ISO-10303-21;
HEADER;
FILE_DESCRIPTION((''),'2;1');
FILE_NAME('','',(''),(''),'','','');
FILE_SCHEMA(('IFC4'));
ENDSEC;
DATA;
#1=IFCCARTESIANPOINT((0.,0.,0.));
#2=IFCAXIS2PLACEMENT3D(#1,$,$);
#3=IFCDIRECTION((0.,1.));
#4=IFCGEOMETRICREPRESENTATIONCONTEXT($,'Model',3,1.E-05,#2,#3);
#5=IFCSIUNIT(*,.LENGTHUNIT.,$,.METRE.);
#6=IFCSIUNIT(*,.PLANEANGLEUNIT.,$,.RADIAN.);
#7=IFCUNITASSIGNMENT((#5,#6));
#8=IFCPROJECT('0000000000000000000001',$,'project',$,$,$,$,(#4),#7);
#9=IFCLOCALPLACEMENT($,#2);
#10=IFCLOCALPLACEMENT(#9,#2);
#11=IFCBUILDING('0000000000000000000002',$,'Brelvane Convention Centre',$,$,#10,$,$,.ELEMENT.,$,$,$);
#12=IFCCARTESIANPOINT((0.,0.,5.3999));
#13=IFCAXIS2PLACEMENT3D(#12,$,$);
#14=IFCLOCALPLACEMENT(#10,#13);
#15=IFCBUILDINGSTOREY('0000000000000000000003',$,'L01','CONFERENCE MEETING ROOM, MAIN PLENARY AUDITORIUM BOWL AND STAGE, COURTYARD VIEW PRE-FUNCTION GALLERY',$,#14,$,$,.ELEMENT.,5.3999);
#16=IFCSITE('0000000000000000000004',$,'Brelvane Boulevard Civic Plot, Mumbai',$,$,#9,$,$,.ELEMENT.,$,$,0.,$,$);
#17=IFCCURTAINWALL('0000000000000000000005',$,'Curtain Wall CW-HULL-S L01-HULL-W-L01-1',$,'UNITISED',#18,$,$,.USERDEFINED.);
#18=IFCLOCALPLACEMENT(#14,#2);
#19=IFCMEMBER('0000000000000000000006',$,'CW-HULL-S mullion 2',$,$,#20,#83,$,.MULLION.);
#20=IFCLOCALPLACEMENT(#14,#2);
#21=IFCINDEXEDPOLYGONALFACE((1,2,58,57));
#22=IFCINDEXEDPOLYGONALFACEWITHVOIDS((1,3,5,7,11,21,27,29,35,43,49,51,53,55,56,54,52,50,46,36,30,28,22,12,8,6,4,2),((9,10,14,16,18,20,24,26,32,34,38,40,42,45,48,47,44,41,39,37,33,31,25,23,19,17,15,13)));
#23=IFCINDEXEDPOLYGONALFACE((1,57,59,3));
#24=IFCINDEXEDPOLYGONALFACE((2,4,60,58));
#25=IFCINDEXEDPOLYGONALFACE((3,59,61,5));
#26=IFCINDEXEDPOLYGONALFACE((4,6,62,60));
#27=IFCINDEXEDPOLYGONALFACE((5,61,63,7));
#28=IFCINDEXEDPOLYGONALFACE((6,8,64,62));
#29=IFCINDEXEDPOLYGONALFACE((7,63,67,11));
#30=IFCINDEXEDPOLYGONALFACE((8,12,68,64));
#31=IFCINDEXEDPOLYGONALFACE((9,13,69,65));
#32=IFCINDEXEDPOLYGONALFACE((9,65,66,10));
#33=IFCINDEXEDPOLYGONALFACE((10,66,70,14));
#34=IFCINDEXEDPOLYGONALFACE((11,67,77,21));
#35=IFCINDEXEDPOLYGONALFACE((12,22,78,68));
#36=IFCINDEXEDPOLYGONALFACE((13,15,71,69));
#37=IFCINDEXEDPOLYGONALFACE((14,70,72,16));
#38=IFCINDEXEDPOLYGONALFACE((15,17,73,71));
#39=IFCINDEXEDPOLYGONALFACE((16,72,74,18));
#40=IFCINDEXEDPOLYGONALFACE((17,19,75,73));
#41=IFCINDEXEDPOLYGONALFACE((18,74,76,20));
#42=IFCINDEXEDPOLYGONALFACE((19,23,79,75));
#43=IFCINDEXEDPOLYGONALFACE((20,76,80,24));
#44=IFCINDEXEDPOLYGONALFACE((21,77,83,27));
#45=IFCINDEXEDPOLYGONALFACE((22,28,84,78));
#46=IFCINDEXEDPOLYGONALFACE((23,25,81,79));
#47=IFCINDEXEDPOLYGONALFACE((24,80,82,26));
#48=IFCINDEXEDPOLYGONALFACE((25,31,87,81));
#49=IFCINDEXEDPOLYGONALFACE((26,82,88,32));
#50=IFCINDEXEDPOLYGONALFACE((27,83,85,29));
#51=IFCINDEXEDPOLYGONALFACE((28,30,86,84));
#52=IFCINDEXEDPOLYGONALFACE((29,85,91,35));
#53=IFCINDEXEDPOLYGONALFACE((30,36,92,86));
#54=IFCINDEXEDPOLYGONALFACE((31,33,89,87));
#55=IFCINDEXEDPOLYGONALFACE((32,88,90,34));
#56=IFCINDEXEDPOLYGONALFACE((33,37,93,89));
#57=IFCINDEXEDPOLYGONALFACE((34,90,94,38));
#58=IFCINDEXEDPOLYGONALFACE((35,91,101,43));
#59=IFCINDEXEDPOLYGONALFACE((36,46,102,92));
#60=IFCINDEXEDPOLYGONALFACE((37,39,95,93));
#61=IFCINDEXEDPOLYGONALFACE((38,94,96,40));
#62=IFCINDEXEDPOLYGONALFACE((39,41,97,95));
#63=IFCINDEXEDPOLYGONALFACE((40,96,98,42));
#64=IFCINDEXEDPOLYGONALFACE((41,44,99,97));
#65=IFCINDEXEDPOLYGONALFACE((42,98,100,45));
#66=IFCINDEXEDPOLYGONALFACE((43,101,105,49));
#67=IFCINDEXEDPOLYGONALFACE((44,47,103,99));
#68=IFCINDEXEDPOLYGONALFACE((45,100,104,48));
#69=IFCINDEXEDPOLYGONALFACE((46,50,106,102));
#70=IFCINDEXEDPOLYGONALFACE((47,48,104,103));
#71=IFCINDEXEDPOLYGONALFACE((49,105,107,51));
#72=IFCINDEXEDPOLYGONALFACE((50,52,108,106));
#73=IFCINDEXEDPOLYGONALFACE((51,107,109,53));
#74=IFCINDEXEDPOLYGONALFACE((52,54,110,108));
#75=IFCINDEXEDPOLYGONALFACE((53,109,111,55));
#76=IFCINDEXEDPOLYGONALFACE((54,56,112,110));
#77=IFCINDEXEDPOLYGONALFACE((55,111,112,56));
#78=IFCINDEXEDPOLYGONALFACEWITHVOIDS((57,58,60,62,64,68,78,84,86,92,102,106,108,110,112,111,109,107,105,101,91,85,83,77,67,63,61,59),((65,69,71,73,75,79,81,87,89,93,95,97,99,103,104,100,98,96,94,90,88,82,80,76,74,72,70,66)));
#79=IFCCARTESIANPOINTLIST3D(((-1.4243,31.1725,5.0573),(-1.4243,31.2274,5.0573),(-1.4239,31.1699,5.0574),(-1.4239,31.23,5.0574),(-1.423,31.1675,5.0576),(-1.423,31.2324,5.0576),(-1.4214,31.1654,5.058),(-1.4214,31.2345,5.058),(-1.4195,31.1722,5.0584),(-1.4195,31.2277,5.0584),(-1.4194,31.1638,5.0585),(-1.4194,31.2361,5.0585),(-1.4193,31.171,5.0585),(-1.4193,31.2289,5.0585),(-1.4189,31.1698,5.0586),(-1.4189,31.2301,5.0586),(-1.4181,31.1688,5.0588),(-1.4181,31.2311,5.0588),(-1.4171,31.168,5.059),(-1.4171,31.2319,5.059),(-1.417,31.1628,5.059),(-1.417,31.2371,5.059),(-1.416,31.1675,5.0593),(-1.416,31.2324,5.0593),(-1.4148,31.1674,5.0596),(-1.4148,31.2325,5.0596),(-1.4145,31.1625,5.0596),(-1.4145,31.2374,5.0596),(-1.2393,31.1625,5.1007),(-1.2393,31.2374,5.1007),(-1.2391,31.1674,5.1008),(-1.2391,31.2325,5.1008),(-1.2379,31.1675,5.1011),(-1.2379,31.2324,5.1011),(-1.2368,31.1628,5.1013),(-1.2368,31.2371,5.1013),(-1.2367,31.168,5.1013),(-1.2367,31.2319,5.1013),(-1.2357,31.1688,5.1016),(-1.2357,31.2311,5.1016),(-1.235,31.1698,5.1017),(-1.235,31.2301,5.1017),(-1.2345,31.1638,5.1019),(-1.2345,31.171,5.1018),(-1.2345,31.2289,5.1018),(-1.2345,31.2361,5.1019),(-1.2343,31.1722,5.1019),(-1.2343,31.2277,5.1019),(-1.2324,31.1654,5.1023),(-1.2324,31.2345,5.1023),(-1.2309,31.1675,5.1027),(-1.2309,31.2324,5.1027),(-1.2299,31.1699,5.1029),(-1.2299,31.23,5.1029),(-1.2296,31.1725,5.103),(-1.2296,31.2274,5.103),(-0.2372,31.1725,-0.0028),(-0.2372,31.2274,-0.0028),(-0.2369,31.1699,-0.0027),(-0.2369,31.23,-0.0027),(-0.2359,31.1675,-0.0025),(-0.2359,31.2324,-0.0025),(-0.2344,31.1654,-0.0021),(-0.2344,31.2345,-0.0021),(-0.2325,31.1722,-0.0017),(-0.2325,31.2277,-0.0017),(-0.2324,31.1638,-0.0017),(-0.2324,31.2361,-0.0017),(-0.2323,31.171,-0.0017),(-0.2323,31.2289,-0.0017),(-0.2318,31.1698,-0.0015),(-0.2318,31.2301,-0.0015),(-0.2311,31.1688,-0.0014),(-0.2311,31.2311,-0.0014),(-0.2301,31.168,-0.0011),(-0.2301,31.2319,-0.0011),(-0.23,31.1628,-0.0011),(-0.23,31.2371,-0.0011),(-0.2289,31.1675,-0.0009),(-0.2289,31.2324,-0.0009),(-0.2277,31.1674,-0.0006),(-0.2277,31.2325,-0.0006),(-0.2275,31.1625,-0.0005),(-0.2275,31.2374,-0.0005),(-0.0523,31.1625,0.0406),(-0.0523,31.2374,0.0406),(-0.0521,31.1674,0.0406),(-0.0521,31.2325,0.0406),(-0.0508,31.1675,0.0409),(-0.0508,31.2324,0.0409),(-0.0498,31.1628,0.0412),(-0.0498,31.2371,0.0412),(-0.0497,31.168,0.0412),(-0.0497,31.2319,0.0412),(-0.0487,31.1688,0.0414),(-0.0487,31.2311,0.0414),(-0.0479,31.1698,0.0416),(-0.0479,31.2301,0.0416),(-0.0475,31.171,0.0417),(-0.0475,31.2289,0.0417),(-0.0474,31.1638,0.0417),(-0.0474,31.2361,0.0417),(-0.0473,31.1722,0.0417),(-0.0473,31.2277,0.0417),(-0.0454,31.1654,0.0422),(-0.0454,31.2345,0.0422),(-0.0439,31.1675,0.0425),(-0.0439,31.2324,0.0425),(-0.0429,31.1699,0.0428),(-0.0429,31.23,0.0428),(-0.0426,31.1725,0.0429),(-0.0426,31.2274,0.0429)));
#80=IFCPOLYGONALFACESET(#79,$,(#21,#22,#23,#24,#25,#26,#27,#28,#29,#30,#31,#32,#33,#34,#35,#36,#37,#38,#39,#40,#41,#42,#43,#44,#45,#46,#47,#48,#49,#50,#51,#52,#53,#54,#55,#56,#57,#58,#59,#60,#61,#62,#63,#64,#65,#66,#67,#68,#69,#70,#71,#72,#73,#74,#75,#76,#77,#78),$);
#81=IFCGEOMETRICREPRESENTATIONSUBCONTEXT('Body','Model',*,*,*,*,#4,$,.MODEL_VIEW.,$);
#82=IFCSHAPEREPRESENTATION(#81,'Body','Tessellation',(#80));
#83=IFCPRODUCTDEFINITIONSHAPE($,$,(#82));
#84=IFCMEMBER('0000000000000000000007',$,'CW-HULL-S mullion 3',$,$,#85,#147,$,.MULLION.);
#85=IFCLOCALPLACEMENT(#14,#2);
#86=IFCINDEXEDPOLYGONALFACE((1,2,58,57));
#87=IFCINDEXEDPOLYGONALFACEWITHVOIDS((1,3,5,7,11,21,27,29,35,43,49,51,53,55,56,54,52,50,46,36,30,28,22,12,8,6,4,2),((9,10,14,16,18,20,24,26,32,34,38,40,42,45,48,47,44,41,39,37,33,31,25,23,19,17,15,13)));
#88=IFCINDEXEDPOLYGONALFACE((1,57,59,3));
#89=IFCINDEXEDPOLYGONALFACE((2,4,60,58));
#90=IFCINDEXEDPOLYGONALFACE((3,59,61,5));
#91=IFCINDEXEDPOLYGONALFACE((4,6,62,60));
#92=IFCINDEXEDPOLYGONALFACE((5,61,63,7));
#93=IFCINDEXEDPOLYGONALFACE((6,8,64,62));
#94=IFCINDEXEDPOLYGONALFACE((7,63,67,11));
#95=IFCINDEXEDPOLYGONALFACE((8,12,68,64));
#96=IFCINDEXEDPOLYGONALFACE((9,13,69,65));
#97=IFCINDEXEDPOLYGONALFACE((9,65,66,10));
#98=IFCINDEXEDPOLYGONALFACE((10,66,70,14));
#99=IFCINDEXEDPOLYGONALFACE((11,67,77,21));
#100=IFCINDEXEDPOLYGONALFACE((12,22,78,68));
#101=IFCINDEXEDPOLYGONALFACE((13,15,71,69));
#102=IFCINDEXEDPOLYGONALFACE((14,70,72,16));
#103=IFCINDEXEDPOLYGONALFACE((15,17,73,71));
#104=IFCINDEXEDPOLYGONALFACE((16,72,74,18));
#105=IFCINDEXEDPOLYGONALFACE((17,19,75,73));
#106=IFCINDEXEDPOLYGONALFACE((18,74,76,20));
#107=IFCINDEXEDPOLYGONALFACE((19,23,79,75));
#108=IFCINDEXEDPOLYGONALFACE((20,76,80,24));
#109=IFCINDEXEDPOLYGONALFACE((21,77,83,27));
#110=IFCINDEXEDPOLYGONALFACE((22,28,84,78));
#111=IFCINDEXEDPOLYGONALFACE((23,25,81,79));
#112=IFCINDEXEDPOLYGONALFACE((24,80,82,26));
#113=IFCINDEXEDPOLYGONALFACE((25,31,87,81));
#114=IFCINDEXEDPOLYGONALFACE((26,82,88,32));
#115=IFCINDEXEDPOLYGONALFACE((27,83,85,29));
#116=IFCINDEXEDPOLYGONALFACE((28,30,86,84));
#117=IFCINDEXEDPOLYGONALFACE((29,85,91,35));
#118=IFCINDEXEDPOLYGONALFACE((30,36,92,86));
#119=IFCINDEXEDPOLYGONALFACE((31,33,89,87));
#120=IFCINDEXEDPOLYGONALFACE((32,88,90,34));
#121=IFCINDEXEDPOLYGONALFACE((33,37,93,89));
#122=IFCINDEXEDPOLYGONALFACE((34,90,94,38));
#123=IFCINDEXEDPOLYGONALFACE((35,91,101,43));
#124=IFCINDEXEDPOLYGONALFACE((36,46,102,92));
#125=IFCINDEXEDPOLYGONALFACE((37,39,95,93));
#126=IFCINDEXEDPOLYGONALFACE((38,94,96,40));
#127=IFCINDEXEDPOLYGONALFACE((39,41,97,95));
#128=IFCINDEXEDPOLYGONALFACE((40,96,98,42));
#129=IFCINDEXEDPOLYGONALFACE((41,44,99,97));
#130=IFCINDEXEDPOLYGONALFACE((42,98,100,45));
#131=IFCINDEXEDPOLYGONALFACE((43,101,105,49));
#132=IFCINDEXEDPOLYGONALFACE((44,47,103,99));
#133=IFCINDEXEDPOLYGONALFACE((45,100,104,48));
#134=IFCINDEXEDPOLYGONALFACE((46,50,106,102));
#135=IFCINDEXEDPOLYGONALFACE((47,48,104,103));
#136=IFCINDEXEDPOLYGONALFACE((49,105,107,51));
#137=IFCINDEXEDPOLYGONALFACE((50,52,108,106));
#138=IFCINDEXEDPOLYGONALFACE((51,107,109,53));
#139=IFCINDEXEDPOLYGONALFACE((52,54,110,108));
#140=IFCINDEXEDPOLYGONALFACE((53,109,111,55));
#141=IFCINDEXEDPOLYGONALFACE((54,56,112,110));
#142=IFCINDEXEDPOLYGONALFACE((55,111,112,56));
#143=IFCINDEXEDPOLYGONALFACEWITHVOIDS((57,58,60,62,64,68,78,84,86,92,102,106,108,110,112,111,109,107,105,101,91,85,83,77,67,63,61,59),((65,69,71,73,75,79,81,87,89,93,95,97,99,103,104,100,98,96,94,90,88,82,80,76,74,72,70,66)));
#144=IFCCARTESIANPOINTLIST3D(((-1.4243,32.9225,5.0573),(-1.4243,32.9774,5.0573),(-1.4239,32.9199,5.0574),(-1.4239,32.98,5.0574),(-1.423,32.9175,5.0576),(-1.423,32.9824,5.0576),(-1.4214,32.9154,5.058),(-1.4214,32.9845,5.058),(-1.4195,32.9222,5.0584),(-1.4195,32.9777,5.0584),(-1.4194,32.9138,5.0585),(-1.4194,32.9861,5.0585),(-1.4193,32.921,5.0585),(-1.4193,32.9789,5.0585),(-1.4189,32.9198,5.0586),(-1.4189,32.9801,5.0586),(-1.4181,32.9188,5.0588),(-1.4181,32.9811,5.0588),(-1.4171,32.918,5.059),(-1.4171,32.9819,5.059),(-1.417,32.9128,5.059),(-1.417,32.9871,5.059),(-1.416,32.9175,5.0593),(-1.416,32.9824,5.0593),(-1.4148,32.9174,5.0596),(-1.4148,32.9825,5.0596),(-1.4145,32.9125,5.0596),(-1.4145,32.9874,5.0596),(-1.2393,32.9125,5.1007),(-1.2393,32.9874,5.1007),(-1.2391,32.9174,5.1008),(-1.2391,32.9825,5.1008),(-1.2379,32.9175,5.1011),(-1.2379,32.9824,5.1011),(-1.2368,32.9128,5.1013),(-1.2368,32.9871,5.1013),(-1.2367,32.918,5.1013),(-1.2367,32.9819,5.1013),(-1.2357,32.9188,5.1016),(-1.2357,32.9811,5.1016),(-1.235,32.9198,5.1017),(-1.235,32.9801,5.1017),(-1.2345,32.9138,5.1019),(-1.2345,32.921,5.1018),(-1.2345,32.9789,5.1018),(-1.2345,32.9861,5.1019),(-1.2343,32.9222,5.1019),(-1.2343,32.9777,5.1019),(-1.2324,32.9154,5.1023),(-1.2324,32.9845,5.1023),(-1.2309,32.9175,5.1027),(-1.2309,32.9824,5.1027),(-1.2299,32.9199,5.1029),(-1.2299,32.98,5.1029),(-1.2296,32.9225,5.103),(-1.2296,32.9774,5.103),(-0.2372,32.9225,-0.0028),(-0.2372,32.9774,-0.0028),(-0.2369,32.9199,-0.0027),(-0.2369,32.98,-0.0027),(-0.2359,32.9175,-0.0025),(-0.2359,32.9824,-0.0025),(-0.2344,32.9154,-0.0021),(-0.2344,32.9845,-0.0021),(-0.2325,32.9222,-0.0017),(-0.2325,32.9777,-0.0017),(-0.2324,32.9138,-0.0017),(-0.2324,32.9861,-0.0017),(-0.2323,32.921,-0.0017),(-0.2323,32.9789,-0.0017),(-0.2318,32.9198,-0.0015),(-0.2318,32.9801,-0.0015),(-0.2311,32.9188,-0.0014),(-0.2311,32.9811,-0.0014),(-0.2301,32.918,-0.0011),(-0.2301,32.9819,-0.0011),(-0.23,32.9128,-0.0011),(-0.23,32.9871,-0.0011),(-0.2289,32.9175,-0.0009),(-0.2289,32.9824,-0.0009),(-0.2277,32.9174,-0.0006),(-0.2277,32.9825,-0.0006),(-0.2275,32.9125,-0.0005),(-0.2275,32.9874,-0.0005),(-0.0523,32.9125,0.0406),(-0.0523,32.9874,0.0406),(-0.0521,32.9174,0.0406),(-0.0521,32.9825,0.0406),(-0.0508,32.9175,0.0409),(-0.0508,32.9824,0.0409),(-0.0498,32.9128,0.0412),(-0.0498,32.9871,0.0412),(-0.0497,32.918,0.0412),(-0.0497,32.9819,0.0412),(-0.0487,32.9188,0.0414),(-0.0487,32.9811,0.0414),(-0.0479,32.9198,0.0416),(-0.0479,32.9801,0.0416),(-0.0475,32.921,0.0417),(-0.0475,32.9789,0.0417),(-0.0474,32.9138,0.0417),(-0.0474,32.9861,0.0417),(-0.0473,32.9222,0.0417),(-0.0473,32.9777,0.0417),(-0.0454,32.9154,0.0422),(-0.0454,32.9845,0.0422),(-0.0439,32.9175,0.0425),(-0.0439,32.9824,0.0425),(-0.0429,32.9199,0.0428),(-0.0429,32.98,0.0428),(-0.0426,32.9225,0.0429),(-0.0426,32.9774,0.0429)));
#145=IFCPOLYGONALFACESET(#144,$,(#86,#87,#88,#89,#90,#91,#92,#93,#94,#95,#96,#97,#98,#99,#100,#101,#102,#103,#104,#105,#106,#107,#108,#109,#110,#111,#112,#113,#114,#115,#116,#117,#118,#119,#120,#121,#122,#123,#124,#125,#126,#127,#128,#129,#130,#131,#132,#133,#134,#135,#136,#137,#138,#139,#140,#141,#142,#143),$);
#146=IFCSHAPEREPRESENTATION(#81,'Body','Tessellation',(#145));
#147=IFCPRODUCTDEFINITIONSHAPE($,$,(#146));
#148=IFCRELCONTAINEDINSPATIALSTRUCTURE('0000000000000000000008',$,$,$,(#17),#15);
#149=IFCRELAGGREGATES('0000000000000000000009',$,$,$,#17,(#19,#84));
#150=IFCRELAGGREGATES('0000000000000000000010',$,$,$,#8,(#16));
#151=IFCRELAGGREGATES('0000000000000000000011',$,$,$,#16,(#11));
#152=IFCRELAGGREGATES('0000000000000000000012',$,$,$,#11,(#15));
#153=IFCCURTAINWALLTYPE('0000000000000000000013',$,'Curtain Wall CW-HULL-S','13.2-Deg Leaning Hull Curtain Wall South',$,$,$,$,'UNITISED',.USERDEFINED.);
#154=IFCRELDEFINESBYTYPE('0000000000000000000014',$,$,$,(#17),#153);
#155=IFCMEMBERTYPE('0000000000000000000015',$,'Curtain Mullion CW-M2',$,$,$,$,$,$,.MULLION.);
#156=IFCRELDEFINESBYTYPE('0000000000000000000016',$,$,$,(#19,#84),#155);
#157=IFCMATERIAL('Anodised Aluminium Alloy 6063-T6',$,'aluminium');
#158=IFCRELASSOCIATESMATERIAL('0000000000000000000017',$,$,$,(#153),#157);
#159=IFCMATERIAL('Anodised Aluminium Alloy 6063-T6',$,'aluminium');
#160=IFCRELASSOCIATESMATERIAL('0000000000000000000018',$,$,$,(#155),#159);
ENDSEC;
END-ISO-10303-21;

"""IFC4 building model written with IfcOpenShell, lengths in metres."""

from ifc_helpers import new_model, si_unit, direction, frame, origin, origin_2d, place, context, subcontext, project, spatial, hollow_rectangle, extrude, material, material_profile, profile_set, type_object, element, aggregate, save


model = new_model("IFC4")

# Units and contexts
model_context = context("Model", 3, precision=1e-05, world=origin(), true_north=direction((0.0, 1.0)))
body_context = subcontext(model_context, "Body", "Model", "MODEL_VIEW")
ifc_project = project(units=[si_unit("LENGTHUNIT", "METRE"), si_unit("PLANEANGLEUNIT", "RADIAN")], contexts=[model_context])

# Site, building, storey
site_placement = place(None, origin())
site = spatial("IfcSite", under=ifc_project, at=site_placement, Name="Brelvane Boulevard Civic Plot, Mumbai", CompositionType="ELEMENT", RefElevation=0.0)
building_placement = place(site_placement, origin())
building = spatial("IfcBuilding", under=site, at=building_placement, Name="Brelvane Convention Centre", CompositionType="ELEMENT")
storey_placement = place(building_placement, frame((0.0, 0.0, 5.3999)))
storey = spatial("IfcBuildingStorey", under=building, at=storey_placement, Name="L01", Description="CONFERENCE MEETING ROOM, MAIN PLENARY AUDITORIUM BOWL AND STAGE, COURTYARD VIEW PRE-FUNCTION GALLERY", CompositionType="ELEMENT", Elevation=5.3999)

# Curtain wall, members
ifc_material_1 = material(Name="Anodised Aluminium Alloy 6063-T6", Category="aluminium")
curtain_wall_type = type_object("IfcCurtainWallType", Name="Curtain Wall CW-HULL-S", Description="13.2-Deg Leaning Hull Curtain Wall South", ElementType="UNITISED", PredefinedType="USERDEFINED", material=ifc_material_1)
curtain_wall_placement = place(storey_placement, origin())
curtain_wall = element("IfcCurtainWall", 1, at=curtain_wall_placement, inside=storey, type_object=curtain_wall_type, Name="Curtain Wall CW-HULL-S L01-HULL-W-L01-1", ObjectType="UNITISED", PredefinedType="USERDEFINED")
ifc_material_2 = material(Name="Anodised Aluminium Alloy 6063-T6", Category="aluminium")
ifc_material_profile_1 = material_profile(ifc_material_2, hollow_rectangle(XDim=0.075, YDim=0.2, WallThickness=0.0049, InnerFilletRadius=0.0049, OuterFilletRadius=0.01, at=origin_2d()), Name="ALU-M 200x75x5.0")
ifc_profile_set_1 = profile_set([ifc_material_profile_1], Name="Anodised Aluminium Alloy 6063-T6")
member_type_1 = type_object("IfcMemberType", Name="Curtain Mullion CW-M2", PredefinedType="MULLION", material=ifc_profile_set_1)
member_1_placement = place(storey_placement, frame((-0.1399, 31.2, 0.02), z_axis=(-0.228385, 0.0, 0.973571), x_axis=(0.0, -1.0, 0.0)))
member_1 = element("IfcMember", 2, at=member_1_placement, type_object=member_type_1, Name="CW-HULL-S mullion 2", PredefinedType="MULLION", context=body_context, shape_type="SweptSolid", body=[
    extrude(hollow_rectangle(XDim=0.075, YDim=0.2, WallThickness=0.0049, InnerFilletRadius=0.0049, OuterFilletRadius=0.01, at=origin_2d()), origin(), (0.0, 0.0, 1.0), 5.1975),
])
member_2_placement = place(storey_placement, frame((-0.1399, 32.95, 0.02), z_axis=(-0.228385, 0.0, 0.973571), x_axis=(0.0, -1.0, 0.0)))
member_2 = element("IfcMember", 3, at=member_2_placement, type_object=member_type_1, Name="CW-HULL-S mullion 3", PredefinedType="MULLION", context=body_context, shape_type="SweptSolid", body=[
    extrude(hollow_rectangle(XDim=0.075, YDim=0.2, WallThickness=0.0049, InnerFilletRadius=0.0049, OuterFilletRadius=0.01, at=origin_2d()), origin(), (0.0, 0.0, 1.0), 5.1975),
])
aggregate(curtain_wall, [member_1, member_2])

save(model, "model.ifc")
